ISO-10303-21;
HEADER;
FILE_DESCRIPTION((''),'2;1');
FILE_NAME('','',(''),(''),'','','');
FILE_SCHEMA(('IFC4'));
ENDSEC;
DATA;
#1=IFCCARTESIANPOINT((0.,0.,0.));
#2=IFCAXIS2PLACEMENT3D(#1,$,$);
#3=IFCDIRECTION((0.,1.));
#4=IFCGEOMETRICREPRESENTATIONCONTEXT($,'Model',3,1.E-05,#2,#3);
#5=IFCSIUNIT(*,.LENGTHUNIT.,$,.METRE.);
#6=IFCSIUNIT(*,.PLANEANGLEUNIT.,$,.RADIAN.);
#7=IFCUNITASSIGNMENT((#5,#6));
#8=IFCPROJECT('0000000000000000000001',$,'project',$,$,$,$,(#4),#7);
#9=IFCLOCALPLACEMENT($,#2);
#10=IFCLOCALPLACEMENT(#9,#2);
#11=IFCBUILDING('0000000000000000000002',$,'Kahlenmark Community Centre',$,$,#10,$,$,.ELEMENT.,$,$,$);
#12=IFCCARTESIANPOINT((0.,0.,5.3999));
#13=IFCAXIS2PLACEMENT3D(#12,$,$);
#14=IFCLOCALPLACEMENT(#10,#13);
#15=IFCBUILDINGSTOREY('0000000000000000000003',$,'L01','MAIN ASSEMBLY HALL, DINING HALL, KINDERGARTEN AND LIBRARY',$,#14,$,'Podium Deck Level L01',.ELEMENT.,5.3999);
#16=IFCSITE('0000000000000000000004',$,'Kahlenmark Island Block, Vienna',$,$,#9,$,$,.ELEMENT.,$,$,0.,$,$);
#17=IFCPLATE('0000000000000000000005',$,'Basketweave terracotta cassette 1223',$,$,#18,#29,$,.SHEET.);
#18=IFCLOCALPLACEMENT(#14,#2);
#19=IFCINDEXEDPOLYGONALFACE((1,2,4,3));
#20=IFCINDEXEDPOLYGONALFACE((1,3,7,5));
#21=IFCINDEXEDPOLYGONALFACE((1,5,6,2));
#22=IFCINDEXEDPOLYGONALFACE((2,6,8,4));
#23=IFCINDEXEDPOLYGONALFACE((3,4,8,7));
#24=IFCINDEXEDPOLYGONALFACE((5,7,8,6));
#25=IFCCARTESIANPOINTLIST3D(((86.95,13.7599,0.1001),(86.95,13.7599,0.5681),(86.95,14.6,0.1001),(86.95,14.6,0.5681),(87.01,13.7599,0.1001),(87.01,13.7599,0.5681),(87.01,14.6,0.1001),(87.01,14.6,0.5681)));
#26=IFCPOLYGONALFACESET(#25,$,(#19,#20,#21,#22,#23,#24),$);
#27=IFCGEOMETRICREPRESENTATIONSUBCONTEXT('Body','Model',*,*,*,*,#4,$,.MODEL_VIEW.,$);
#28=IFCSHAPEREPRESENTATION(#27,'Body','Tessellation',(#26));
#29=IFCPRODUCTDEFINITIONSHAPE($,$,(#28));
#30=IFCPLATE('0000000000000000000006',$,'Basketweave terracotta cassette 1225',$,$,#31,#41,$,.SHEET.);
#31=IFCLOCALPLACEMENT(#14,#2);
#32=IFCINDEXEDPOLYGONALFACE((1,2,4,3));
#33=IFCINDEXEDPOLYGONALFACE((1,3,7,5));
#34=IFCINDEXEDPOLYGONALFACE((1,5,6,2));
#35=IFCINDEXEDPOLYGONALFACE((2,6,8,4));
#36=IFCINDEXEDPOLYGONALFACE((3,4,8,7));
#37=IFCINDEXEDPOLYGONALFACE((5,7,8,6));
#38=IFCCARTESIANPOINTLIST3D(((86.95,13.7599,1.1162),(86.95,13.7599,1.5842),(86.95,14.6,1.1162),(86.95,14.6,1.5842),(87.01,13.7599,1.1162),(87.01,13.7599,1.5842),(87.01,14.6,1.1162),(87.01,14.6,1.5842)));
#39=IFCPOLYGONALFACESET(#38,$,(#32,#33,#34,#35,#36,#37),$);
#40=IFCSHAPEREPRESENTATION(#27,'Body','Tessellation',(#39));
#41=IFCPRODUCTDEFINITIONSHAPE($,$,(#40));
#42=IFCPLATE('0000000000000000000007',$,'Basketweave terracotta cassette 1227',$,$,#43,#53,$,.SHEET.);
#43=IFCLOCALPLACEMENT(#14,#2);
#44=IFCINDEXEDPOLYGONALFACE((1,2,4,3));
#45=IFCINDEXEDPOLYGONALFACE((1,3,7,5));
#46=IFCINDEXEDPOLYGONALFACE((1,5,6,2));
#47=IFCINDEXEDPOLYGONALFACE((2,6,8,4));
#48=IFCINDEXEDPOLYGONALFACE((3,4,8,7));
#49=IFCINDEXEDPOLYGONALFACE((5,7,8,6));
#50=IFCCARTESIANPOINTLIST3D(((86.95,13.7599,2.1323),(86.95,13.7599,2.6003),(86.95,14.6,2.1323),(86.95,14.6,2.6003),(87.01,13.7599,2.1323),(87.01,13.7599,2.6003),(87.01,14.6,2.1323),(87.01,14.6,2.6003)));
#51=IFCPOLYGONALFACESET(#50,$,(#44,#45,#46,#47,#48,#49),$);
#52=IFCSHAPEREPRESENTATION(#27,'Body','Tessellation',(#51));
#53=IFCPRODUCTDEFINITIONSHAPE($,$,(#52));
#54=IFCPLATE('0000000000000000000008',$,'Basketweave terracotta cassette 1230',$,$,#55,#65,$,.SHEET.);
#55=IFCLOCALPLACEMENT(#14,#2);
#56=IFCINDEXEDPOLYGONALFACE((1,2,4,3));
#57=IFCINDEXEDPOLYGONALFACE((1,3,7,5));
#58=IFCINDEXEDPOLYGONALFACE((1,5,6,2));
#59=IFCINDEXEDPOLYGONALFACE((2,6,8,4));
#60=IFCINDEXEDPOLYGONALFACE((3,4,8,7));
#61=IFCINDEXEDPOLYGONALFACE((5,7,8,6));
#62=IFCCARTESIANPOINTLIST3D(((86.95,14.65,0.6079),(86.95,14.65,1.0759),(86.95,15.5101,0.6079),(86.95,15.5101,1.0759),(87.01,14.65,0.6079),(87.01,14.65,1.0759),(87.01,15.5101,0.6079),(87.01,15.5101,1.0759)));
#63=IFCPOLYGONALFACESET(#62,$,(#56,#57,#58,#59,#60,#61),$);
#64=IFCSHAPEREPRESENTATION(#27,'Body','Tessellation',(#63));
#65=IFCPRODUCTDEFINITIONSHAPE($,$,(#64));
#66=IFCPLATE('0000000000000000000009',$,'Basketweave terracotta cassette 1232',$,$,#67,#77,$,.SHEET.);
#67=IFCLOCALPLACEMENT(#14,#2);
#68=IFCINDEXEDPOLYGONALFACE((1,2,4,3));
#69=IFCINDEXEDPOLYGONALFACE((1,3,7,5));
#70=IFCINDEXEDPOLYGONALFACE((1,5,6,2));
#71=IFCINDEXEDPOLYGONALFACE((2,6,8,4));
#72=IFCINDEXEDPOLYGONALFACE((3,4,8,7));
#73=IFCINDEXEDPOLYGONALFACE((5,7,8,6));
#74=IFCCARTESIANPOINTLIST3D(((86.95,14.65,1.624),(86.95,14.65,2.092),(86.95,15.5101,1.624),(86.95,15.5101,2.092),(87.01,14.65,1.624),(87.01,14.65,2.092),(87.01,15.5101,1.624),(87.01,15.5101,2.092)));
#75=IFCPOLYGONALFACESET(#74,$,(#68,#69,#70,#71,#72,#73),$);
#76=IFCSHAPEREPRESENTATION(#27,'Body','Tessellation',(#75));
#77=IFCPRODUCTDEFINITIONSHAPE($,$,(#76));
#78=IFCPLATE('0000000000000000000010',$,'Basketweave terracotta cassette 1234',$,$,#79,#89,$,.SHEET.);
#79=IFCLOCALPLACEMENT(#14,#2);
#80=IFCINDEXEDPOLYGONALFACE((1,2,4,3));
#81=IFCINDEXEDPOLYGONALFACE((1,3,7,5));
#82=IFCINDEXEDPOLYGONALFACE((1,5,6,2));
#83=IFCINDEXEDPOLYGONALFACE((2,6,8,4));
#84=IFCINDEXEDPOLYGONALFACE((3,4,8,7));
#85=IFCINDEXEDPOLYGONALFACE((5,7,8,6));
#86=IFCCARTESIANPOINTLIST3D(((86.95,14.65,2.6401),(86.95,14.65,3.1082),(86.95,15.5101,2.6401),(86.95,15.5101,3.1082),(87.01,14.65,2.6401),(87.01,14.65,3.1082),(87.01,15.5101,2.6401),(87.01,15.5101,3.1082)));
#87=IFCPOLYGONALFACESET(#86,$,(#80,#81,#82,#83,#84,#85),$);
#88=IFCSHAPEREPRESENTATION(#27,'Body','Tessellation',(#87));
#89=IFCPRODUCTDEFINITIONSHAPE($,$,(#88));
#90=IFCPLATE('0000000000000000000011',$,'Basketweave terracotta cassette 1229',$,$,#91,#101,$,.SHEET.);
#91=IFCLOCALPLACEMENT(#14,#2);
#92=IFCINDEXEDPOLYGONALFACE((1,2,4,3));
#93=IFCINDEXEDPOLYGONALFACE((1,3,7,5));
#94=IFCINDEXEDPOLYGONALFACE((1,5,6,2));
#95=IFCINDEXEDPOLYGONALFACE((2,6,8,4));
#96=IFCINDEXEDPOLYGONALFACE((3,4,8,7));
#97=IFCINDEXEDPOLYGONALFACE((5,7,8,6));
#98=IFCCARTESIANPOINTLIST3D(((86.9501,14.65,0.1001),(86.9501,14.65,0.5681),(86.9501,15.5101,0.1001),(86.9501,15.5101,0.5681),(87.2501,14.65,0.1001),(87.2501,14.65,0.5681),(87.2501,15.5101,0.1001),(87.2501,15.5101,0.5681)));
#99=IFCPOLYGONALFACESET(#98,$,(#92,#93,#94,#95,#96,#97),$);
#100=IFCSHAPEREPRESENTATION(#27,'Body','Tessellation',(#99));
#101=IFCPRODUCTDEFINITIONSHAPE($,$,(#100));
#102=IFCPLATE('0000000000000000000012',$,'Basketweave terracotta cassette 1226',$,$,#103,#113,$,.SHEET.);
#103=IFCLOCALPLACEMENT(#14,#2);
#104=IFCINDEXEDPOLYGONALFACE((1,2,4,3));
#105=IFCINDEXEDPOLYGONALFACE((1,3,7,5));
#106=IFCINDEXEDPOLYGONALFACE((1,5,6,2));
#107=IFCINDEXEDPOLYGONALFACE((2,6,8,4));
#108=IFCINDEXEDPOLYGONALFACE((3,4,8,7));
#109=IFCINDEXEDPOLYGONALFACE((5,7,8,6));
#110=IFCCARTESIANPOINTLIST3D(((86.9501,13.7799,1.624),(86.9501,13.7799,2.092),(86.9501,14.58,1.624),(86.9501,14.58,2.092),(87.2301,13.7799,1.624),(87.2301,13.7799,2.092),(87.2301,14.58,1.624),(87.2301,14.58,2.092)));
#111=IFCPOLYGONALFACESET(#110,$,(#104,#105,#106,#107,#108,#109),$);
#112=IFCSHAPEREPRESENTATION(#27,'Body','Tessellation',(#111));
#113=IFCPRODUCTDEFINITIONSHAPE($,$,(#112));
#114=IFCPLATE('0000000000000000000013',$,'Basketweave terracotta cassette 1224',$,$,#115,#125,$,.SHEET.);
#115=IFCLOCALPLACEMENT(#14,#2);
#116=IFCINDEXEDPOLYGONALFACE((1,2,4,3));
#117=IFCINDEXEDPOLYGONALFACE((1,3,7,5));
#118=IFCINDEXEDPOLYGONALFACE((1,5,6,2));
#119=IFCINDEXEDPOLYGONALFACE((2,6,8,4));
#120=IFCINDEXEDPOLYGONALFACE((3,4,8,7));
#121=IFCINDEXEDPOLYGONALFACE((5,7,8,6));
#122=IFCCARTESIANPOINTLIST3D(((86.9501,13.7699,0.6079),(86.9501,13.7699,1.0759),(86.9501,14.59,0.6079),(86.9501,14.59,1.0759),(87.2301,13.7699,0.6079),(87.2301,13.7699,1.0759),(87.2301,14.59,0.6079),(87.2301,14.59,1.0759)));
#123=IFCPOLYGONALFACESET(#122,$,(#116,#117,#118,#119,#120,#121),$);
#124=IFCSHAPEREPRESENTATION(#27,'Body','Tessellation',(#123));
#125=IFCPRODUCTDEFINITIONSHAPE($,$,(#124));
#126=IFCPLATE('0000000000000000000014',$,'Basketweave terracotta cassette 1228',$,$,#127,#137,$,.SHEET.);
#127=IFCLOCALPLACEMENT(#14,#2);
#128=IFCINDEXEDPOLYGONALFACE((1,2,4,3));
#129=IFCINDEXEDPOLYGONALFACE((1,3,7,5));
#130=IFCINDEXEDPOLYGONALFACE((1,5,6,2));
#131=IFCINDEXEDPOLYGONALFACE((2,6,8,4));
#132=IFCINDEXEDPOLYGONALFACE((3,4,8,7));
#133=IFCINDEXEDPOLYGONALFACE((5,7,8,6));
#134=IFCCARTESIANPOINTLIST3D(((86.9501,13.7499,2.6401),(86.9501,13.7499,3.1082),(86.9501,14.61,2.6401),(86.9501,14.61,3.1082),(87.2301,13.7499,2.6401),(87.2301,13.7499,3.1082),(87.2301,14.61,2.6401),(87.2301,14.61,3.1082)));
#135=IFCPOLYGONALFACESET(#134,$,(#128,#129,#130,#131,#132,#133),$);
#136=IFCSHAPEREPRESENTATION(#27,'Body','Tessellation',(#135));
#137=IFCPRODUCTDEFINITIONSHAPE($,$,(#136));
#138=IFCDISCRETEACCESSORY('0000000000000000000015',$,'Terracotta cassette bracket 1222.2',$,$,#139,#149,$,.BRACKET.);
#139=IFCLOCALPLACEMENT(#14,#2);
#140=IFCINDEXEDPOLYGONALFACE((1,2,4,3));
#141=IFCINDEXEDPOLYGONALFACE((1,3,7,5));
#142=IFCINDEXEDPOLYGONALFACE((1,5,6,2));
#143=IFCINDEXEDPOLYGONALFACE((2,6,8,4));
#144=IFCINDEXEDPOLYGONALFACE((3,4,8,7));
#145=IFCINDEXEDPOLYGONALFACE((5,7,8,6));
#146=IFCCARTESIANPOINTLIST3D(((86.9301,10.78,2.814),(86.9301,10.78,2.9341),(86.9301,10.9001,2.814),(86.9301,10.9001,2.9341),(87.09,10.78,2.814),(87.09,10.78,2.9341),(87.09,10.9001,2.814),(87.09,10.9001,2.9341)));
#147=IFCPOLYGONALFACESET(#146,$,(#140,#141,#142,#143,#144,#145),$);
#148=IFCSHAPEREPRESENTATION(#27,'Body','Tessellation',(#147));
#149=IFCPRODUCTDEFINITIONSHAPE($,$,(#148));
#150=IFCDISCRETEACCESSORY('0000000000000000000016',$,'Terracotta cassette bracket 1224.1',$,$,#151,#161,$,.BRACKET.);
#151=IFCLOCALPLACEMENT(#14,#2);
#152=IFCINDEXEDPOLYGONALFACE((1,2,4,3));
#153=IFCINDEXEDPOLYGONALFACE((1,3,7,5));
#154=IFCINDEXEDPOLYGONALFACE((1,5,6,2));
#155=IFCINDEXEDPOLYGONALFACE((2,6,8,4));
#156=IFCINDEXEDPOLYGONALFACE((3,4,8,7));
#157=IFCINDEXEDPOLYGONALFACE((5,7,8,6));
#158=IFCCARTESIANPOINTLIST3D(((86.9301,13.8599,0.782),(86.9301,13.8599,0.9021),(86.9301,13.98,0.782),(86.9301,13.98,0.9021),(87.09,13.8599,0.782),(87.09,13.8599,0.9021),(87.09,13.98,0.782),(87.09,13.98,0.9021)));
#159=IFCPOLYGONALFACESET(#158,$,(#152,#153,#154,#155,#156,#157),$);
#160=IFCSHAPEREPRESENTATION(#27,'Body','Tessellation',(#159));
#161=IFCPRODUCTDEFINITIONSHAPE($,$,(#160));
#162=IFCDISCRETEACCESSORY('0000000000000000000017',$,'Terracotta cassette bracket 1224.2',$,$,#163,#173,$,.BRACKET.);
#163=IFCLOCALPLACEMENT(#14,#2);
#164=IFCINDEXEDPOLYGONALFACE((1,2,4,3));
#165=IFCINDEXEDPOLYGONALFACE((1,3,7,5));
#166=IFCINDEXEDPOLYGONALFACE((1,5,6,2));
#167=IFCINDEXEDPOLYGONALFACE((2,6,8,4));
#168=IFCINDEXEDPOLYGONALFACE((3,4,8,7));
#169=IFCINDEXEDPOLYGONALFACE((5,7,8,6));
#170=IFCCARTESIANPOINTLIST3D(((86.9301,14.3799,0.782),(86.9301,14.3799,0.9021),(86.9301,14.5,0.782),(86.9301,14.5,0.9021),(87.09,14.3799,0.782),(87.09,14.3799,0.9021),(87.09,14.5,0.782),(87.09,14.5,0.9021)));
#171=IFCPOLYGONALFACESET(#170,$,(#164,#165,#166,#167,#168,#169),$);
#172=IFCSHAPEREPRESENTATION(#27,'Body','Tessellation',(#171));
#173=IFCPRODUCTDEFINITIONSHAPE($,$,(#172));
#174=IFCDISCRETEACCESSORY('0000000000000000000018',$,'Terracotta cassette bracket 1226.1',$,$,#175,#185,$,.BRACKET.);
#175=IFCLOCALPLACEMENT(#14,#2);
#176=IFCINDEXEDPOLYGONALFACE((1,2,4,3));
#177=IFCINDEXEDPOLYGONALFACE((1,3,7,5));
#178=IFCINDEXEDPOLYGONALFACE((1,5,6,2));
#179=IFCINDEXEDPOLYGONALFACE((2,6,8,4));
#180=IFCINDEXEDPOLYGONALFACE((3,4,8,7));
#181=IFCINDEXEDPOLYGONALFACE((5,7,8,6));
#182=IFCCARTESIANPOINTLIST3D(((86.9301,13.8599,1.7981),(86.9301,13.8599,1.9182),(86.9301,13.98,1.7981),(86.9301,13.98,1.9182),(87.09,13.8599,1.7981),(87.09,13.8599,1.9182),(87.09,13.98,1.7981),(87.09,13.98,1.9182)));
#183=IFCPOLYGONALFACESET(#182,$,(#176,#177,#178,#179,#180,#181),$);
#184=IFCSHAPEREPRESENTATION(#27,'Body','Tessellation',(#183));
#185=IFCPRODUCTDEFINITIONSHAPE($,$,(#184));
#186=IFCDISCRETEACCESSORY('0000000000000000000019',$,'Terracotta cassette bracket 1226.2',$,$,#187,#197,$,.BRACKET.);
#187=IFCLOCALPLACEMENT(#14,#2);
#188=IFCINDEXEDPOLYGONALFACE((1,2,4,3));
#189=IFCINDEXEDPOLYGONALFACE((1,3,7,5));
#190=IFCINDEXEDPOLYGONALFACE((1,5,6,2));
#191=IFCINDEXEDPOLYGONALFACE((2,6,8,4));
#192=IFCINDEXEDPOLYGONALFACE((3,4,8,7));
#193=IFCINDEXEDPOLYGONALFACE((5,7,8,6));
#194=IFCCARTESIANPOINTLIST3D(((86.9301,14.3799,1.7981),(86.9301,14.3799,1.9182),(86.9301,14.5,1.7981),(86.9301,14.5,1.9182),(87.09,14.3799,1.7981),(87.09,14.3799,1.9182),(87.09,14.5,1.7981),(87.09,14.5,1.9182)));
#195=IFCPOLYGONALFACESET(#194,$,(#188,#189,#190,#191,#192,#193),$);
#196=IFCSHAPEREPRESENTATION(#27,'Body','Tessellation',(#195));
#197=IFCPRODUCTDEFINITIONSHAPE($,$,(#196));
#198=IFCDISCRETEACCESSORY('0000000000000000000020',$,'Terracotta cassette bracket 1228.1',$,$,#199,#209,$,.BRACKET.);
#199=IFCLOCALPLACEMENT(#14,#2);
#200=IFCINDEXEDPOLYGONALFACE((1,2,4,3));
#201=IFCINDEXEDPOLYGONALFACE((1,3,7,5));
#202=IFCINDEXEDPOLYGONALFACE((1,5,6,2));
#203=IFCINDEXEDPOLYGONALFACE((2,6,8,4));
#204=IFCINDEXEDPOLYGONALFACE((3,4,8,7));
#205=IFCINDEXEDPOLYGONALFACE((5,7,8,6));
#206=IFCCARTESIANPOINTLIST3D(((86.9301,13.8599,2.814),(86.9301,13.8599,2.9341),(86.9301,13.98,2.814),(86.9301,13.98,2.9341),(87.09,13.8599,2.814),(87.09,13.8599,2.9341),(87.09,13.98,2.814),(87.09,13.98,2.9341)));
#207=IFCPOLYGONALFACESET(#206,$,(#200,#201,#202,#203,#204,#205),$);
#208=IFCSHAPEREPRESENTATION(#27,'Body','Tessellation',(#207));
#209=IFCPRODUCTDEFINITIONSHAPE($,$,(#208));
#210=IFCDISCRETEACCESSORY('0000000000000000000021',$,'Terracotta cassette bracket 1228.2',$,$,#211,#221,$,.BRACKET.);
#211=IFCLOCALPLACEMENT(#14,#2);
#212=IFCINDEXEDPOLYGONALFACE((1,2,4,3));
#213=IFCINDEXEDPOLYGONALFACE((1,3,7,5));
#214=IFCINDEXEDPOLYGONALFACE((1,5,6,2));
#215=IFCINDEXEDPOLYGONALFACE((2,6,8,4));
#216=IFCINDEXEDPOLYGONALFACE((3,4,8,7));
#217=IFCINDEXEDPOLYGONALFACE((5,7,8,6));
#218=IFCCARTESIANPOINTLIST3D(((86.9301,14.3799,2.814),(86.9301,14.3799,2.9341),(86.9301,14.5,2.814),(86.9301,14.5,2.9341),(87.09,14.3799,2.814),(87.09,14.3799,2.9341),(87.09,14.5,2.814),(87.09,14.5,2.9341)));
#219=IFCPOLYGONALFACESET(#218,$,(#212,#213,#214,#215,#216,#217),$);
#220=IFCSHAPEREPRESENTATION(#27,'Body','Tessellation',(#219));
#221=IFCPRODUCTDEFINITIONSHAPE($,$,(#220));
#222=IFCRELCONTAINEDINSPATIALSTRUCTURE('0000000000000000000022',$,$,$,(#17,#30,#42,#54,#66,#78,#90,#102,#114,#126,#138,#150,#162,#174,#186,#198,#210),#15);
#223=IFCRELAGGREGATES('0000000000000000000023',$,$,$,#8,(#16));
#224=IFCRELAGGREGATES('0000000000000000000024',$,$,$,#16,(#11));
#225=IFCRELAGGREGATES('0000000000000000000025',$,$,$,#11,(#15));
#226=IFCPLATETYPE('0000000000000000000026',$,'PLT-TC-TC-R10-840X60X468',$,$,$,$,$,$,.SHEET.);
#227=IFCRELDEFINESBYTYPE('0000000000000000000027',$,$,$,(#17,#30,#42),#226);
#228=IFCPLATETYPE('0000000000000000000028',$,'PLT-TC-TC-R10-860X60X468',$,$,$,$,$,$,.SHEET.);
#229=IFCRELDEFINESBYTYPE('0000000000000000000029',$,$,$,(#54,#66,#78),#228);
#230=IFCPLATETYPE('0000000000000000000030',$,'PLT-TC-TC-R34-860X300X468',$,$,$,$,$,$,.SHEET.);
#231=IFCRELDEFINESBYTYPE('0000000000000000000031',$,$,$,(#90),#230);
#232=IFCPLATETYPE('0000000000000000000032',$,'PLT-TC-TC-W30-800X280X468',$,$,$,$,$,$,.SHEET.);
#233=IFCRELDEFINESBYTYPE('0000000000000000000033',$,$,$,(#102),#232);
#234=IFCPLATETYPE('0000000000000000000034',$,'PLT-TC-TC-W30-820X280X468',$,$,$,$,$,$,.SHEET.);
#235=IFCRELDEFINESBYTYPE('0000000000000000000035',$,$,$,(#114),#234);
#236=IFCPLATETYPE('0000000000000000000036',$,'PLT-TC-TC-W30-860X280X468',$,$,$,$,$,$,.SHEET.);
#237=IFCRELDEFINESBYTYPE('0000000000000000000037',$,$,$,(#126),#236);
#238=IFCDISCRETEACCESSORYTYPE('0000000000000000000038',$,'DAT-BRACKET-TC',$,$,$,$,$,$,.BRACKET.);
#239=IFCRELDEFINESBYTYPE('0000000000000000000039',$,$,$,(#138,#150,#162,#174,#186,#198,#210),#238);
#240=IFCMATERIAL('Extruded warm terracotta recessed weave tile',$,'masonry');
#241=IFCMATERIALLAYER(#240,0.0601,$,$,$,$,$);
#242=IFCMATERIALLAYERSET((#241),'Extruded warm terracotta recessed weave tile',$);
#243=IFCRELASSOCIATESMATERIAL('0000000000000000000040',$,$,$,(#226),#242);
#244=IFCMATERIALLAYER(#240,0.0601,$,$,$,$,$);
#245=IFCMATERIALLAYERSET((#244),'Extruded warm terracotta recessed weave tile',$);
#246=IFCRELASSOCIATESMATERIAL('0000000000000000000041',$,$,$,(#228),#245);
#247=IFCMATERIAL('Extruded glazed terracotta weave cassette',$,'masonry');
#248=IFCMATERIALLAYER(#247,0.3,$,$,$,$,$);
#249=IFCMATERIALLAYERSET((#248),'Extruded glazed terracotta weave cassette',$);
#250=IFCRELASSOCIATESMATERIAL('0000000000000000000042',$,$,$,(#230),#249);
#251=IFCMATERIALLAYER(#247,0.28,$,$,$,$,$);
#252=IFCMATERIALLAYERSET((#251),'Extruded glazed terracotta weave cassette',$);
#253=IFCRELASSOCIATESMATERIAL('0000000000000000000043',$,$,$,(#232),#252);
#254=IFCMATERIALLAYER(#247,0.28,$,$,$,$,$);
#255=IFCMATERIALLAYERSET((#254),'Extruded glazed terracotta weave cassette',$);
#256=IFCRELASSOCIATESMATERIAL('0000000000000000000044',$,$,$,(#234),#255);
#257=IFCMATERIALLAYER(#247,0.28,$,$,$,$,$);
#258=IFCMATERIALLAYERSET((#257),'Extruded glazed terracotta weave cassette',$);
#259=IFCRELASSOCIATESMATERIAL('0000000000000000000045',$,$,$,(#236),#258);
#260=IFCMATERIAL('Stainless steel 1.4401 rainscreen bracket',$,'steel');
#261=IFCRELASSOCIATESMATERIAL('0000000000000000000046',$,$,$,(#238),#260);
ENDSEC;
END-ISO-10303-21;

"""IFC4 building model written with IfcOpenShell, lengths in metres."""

from ifc_helpers import new_model, si_unit, direction, frame, origin, origin_2d, place, context, subcontext, project, spatial, rectangle, extrude, material, layer, layer_set, type_object, element, save


model = new_model("IFC4")

# Units and contexts
model_context = context("Model", 3, precision=1e-05, world=origin(), true_north=direction((0.0, 1.0)))
body_context = subcontext(model_context, "Body", "Model", "MODEL_VIEW")
ifc_project = project(units=[si_unit("LENGTHUNIT", "METRE"), si_unit("PLANEANGLEUNIT", "RADIAN")], contexts=[model_context])

# Site, building, storey
site_placement = place(None, origin())
site = spatial("IfcSite", under=ifc_project, at=site_placement, Name="Kahlenmark Island Block, Vienna", CompositionType="ELEMENT", RefElevation=0.0)
building_placement = place(site_placement, origin())
building = spatial("IfcBuilding", under=site, at=building_placement, Name="Kahlenmark Community Centre", CompositionType="ELEMENT")
storey_placement = place(building_placement, frame((0.0, 0.0, 5.3999)))
storey = spatial("IfcBuildingStorey", under=building, at=storey_placement, Name="L01", Description="MAIN ASSEMBLY HALL, DINING HALL, KINDERGARTEN AND LIBRARY", LongName="Podium Deck Level L01", CompositionType="ELEMENT", Elevation=5.3999)

# Plates
ifc_material_1 = material(Name="Extruded warm terracotta recessed weave tile", Category="masonry")
ifc_layer_1 = layer(ifc_material_1, 0.0601)
ifc_layer_set_1 = layer_set([ifc_layer_1], Name="Extruded warm terracotta recessed weave tile")
plate_type_1 = type_object("IfcPlateType", Name="PLT-TC-TC-R10-840X60X468", PredefinedType="SHEET", material=ifc_layer_set_1)
for number, where, z_axis, x_axis, name in (
    (1, (86.98, 14.1799, 0.1001), (0.0, 0.0, 1.0), (0.0, 1.0, 0.0), "Basketweave terracotta cassette 1223"),
    (2, (86.98, 14.1799, 1.1162), (0.0, 0.0, 1.0), (0.0, 1.0, 0.0), "Basketweave terracotta cassette 1225"),
    (3, (86.98, 14.1799, 2.1323), (0.0, 0.0, 1.0), (0.0, 1.0, 0.0), "Basketweave terracotta cassette 1227"),
):
    element("IfcPlate", number, at=place(storey_placement, frame(where, z_axis=z_axis, x_axis=x_axis)), inside=storey, type_object=plate_type_1, Name=name, PredefinedType="SHEET", context=body_context, shape_type="SweptSolid", body=[
        extrude(rectangle(XDim=0.8401, YDim=0.0601, at=origin_2d()), origin(), (0.0, 0.0, 1.0), 0.468),
    ])
ifc_layer_2 = layer(ifc_material_1, 0.0601)
ifc_layer_set_2 = layer_set([ifc_layer_2], Name="Extruded warm terracotta recessed weave tile")
plate_type_2 = type_object("IfcPlateType", Name="PLT-TC-TC-R10-860X60X468", PredefinedType="SHEET", material=ifc_layer_set_2)
for number, where, z_axis, x_axis, name in (
    (4, (86.98, 15.0801, 0.6079), (0.0, 0.0, 1.0), (0.0, 1.0, 0.0), "Basketweave terracotta cassette 1230"),
    (5, (86.98, 15.0801, 1.624), (0.0, 0.0, 1.0), (0.0, 1.0, 0.0), "Basketweave terracotta cassette 1232"),
    (6, (86.98, 15.0801, 2.6401), (0.0, 0.0, 1.0), (0.0, 1.0, 0.0), "Basketweave terracotta cassette 1234"),
):
    element("IfcPlate", number, at=place(storey_placement, frame(where, z_axis=z_axis, x_axis=x_axis)), inside=storey, type_object=plate_type_2, Name=name, PredefinedType="SHEET", context=body_context, shape_type="SweptSolid", body=[
        extrude(rectangle(XDim=0.8601, YDim=0.0601, at=origin_2d()), origin(), (0.0, 0.0, 1.0), 0.468),
    ])
ifc_material_2 = material(Name="Extruded glazed terracotta weave cassette", Category="masonry")
ifc_layer_3 = layer(ifc_material_2, 0.3)
ifc_layer_set_3 = layer_set([ifc_layer_3], Name="Extruded glazed terracotta weave cassette")
plate_type_3 = type_object("IfcPlateType", Name="PLT-TC-TC-R34-860X300X468", PredefinedType="SHEET", material=ifc_layer_set_3)
plate_1_placement = place(storey_placement, frame((87.1001, 15.0801, 0.1001), z_axis=(0.0, 0.0, 1.0), x_axis=(0.0, 1.0, 0.0)))
element("IfcPlate", 7, at=plate_1_placement, inside=storey, type_object=plate_type_3, Name="Basketweave terracotta cassette 1229", PredefinedType="SHEET", context=body_context, shape_type="SweptSolid", body=[
    extrude(rectangle(XDim=0.8601, YDim=0.3, at=origin_2d()), origin(), (0.0, 0.0, 1.0), 0.468),
])
ifc_layer_4 = layer(ifc_material_2, 0.28)
ifc_layer_set_4 = layer_set([ifc_layer_4], Name="Extruded glazed terracotta weave cassette")
plate_type_4 = type_object("IfcPlateType", Name="PLT-TC-TC-W30-800X280X468", PredefinedType="SHEET", material=ifc_layer_set_4)
plate_2_placement = place(storey_placement, frame((87.0901, 14.1799, 1.624), z_axis=(0.0, 0.0, 1.0), x_axis=(0.0, 1.0, 0.0)))
element("IfcPlate", 8, at=plate_2_placement, inside=storey, type_object=plate_type_4, Name="Basketweave terracotta cassette 1226", PredefinedType="SHEET", context=body_context, shape_type="SweptSolid", body=[
    extrude(rectangle(XDim=0.8, YDim=0.28, at=origin_2d()), origin(), (0.0, 0.0, 1.0), 0.468),
])
ifc_layer_5 = layer(ifc_material_2, 0.28)
ifc_layer_set_5 = layer_set([ifc_layer_5], Name="Extruded glazed terracotta weave cassette")
plate_type_5 = type_object("IfcPlateType", Name="PLT-TC-TC-W30-820X280X468", PredefinedType="SHEET", material=ifc_layer_set_5)
plate_3_placement = place(storey_placement, frame((87.0901, 14.1799, 0.6079), z_axis=(0.0, 0.0, 1.0), x_axis=(0.0, 1.0, 0.0)))
element("IfcPlate", 9, at=plate_3_placement, inside=storey, type_object=plate_type_5, Name="Basketweave terracotta cassette 1224", PredefinedType="SHEET", context=body_context, shape_type="SweptSolid", body=[
    extrude(rectangle(XDim=0.8201, YDim=0.28, at=origin_2d()), origin(), (0.0, 0.0, 1.0), 0.468),
])
ifc_layer_6 = layer(ifc_material_2, 0.28)
ifc_layer_set_6 = layer_set([ifc_layer_6], Name="Extruded glazed terracotta weave cassette")
plate_type_6 = type_object("IfcPlateType", Name="PLT-TC-TC-W30-860X280X468", PredefinedType="SHEET", material=ifc_layer_set_6)
plate_4_placement = place(storey_placement, frame((87.0901, 14.1799, 2.6401), z_axis=(0.0, 0.0, 1.0), x_axis=(0.0, 1.0, 0.0)))
element("IfcPlate", 10, at=plate_4_placement, inside=storey, type_object=plate_type_6, Name="Basketweave terracotta cassette 1228", PredefinedType="SHEET", context=body_context, shape_type="SweptSolid", body=[
    extrude(rectangle(XDim=0.8601, YDim=0.28, at=origin_2d()), origin(), (0.0, 0.0, 1.0), 0.468),
])

# Discrete accessories
ifc_material_3 = material(Name="Stainless steel 1.4401 rainscreen bracket", Category="steel")
discrete_accessory_type = type_object("IfcDiscreteAccessoryType", Name="DAT-BRACKET-TC", PredefinedType="BRACKET", material=ifc_material_3)
for number, where, z_axis, x_axis, name in (
    (11, (87.01, 10.8401, 2.814), (0.0, 0.0, 1.0), (0.0, 1.0, 0.0), "Terracotta cassette bracket 1222.2"),
    (12, (87.01, 13.9199, 0.782), (0.0, 0.0, 1.0), (0.0, 1.0, 0.0), "Terracotta cassette bracket 1224.1"),
    (13, (87.01, 14.4399, 0.782), (0.0, 0.0, 1.0), (0.0, 1.0, 0.0), "Terracotta cassette bracket 1224.2"),
    (14, (87.01, 13.9199, 1.7981), (0.0, 0.0, 1.0), (0.0, 1.0, 0.0), "Terracotta cassette bracket 1226.1"),
    (15, (87.01, 14.4399, 1.7981), (0.0, 0.0, 1.0), (0.0, 1.0, 0.0), "Terracotta cassette bracket 1226.2"),
    (16, (87.01, 13.9199, 2.814), (0.0, 0.0, 1.0), (0.0, 1.0, 0.0), "Terracotta cassette bracket 1228.1"),
    (17, (87.01, 14.4399, 2.814), (0.0, 0.0, 1.0), (0.0, 1.0, 0.0), "Terracotta cassette bracket 1228.2"),
):
    element("IfcDiscreteAccessory", number, at=place(storey_placement, frame(where, z_axis=z_axis, x_axis=x_axis)), inside=storey, type_object=discrete_accessory_type, Name=name, PredefinedType="BRACKET", context=body_context, shape_type="SweptSolid", body=[
        extrude(rectangle(XDim=0.1201, YDim=0.1599, at=origin_2d()), origin(), (0.0, 0.0, 1.0), 0.1201),
    ])

save(model, "model.ifc")
